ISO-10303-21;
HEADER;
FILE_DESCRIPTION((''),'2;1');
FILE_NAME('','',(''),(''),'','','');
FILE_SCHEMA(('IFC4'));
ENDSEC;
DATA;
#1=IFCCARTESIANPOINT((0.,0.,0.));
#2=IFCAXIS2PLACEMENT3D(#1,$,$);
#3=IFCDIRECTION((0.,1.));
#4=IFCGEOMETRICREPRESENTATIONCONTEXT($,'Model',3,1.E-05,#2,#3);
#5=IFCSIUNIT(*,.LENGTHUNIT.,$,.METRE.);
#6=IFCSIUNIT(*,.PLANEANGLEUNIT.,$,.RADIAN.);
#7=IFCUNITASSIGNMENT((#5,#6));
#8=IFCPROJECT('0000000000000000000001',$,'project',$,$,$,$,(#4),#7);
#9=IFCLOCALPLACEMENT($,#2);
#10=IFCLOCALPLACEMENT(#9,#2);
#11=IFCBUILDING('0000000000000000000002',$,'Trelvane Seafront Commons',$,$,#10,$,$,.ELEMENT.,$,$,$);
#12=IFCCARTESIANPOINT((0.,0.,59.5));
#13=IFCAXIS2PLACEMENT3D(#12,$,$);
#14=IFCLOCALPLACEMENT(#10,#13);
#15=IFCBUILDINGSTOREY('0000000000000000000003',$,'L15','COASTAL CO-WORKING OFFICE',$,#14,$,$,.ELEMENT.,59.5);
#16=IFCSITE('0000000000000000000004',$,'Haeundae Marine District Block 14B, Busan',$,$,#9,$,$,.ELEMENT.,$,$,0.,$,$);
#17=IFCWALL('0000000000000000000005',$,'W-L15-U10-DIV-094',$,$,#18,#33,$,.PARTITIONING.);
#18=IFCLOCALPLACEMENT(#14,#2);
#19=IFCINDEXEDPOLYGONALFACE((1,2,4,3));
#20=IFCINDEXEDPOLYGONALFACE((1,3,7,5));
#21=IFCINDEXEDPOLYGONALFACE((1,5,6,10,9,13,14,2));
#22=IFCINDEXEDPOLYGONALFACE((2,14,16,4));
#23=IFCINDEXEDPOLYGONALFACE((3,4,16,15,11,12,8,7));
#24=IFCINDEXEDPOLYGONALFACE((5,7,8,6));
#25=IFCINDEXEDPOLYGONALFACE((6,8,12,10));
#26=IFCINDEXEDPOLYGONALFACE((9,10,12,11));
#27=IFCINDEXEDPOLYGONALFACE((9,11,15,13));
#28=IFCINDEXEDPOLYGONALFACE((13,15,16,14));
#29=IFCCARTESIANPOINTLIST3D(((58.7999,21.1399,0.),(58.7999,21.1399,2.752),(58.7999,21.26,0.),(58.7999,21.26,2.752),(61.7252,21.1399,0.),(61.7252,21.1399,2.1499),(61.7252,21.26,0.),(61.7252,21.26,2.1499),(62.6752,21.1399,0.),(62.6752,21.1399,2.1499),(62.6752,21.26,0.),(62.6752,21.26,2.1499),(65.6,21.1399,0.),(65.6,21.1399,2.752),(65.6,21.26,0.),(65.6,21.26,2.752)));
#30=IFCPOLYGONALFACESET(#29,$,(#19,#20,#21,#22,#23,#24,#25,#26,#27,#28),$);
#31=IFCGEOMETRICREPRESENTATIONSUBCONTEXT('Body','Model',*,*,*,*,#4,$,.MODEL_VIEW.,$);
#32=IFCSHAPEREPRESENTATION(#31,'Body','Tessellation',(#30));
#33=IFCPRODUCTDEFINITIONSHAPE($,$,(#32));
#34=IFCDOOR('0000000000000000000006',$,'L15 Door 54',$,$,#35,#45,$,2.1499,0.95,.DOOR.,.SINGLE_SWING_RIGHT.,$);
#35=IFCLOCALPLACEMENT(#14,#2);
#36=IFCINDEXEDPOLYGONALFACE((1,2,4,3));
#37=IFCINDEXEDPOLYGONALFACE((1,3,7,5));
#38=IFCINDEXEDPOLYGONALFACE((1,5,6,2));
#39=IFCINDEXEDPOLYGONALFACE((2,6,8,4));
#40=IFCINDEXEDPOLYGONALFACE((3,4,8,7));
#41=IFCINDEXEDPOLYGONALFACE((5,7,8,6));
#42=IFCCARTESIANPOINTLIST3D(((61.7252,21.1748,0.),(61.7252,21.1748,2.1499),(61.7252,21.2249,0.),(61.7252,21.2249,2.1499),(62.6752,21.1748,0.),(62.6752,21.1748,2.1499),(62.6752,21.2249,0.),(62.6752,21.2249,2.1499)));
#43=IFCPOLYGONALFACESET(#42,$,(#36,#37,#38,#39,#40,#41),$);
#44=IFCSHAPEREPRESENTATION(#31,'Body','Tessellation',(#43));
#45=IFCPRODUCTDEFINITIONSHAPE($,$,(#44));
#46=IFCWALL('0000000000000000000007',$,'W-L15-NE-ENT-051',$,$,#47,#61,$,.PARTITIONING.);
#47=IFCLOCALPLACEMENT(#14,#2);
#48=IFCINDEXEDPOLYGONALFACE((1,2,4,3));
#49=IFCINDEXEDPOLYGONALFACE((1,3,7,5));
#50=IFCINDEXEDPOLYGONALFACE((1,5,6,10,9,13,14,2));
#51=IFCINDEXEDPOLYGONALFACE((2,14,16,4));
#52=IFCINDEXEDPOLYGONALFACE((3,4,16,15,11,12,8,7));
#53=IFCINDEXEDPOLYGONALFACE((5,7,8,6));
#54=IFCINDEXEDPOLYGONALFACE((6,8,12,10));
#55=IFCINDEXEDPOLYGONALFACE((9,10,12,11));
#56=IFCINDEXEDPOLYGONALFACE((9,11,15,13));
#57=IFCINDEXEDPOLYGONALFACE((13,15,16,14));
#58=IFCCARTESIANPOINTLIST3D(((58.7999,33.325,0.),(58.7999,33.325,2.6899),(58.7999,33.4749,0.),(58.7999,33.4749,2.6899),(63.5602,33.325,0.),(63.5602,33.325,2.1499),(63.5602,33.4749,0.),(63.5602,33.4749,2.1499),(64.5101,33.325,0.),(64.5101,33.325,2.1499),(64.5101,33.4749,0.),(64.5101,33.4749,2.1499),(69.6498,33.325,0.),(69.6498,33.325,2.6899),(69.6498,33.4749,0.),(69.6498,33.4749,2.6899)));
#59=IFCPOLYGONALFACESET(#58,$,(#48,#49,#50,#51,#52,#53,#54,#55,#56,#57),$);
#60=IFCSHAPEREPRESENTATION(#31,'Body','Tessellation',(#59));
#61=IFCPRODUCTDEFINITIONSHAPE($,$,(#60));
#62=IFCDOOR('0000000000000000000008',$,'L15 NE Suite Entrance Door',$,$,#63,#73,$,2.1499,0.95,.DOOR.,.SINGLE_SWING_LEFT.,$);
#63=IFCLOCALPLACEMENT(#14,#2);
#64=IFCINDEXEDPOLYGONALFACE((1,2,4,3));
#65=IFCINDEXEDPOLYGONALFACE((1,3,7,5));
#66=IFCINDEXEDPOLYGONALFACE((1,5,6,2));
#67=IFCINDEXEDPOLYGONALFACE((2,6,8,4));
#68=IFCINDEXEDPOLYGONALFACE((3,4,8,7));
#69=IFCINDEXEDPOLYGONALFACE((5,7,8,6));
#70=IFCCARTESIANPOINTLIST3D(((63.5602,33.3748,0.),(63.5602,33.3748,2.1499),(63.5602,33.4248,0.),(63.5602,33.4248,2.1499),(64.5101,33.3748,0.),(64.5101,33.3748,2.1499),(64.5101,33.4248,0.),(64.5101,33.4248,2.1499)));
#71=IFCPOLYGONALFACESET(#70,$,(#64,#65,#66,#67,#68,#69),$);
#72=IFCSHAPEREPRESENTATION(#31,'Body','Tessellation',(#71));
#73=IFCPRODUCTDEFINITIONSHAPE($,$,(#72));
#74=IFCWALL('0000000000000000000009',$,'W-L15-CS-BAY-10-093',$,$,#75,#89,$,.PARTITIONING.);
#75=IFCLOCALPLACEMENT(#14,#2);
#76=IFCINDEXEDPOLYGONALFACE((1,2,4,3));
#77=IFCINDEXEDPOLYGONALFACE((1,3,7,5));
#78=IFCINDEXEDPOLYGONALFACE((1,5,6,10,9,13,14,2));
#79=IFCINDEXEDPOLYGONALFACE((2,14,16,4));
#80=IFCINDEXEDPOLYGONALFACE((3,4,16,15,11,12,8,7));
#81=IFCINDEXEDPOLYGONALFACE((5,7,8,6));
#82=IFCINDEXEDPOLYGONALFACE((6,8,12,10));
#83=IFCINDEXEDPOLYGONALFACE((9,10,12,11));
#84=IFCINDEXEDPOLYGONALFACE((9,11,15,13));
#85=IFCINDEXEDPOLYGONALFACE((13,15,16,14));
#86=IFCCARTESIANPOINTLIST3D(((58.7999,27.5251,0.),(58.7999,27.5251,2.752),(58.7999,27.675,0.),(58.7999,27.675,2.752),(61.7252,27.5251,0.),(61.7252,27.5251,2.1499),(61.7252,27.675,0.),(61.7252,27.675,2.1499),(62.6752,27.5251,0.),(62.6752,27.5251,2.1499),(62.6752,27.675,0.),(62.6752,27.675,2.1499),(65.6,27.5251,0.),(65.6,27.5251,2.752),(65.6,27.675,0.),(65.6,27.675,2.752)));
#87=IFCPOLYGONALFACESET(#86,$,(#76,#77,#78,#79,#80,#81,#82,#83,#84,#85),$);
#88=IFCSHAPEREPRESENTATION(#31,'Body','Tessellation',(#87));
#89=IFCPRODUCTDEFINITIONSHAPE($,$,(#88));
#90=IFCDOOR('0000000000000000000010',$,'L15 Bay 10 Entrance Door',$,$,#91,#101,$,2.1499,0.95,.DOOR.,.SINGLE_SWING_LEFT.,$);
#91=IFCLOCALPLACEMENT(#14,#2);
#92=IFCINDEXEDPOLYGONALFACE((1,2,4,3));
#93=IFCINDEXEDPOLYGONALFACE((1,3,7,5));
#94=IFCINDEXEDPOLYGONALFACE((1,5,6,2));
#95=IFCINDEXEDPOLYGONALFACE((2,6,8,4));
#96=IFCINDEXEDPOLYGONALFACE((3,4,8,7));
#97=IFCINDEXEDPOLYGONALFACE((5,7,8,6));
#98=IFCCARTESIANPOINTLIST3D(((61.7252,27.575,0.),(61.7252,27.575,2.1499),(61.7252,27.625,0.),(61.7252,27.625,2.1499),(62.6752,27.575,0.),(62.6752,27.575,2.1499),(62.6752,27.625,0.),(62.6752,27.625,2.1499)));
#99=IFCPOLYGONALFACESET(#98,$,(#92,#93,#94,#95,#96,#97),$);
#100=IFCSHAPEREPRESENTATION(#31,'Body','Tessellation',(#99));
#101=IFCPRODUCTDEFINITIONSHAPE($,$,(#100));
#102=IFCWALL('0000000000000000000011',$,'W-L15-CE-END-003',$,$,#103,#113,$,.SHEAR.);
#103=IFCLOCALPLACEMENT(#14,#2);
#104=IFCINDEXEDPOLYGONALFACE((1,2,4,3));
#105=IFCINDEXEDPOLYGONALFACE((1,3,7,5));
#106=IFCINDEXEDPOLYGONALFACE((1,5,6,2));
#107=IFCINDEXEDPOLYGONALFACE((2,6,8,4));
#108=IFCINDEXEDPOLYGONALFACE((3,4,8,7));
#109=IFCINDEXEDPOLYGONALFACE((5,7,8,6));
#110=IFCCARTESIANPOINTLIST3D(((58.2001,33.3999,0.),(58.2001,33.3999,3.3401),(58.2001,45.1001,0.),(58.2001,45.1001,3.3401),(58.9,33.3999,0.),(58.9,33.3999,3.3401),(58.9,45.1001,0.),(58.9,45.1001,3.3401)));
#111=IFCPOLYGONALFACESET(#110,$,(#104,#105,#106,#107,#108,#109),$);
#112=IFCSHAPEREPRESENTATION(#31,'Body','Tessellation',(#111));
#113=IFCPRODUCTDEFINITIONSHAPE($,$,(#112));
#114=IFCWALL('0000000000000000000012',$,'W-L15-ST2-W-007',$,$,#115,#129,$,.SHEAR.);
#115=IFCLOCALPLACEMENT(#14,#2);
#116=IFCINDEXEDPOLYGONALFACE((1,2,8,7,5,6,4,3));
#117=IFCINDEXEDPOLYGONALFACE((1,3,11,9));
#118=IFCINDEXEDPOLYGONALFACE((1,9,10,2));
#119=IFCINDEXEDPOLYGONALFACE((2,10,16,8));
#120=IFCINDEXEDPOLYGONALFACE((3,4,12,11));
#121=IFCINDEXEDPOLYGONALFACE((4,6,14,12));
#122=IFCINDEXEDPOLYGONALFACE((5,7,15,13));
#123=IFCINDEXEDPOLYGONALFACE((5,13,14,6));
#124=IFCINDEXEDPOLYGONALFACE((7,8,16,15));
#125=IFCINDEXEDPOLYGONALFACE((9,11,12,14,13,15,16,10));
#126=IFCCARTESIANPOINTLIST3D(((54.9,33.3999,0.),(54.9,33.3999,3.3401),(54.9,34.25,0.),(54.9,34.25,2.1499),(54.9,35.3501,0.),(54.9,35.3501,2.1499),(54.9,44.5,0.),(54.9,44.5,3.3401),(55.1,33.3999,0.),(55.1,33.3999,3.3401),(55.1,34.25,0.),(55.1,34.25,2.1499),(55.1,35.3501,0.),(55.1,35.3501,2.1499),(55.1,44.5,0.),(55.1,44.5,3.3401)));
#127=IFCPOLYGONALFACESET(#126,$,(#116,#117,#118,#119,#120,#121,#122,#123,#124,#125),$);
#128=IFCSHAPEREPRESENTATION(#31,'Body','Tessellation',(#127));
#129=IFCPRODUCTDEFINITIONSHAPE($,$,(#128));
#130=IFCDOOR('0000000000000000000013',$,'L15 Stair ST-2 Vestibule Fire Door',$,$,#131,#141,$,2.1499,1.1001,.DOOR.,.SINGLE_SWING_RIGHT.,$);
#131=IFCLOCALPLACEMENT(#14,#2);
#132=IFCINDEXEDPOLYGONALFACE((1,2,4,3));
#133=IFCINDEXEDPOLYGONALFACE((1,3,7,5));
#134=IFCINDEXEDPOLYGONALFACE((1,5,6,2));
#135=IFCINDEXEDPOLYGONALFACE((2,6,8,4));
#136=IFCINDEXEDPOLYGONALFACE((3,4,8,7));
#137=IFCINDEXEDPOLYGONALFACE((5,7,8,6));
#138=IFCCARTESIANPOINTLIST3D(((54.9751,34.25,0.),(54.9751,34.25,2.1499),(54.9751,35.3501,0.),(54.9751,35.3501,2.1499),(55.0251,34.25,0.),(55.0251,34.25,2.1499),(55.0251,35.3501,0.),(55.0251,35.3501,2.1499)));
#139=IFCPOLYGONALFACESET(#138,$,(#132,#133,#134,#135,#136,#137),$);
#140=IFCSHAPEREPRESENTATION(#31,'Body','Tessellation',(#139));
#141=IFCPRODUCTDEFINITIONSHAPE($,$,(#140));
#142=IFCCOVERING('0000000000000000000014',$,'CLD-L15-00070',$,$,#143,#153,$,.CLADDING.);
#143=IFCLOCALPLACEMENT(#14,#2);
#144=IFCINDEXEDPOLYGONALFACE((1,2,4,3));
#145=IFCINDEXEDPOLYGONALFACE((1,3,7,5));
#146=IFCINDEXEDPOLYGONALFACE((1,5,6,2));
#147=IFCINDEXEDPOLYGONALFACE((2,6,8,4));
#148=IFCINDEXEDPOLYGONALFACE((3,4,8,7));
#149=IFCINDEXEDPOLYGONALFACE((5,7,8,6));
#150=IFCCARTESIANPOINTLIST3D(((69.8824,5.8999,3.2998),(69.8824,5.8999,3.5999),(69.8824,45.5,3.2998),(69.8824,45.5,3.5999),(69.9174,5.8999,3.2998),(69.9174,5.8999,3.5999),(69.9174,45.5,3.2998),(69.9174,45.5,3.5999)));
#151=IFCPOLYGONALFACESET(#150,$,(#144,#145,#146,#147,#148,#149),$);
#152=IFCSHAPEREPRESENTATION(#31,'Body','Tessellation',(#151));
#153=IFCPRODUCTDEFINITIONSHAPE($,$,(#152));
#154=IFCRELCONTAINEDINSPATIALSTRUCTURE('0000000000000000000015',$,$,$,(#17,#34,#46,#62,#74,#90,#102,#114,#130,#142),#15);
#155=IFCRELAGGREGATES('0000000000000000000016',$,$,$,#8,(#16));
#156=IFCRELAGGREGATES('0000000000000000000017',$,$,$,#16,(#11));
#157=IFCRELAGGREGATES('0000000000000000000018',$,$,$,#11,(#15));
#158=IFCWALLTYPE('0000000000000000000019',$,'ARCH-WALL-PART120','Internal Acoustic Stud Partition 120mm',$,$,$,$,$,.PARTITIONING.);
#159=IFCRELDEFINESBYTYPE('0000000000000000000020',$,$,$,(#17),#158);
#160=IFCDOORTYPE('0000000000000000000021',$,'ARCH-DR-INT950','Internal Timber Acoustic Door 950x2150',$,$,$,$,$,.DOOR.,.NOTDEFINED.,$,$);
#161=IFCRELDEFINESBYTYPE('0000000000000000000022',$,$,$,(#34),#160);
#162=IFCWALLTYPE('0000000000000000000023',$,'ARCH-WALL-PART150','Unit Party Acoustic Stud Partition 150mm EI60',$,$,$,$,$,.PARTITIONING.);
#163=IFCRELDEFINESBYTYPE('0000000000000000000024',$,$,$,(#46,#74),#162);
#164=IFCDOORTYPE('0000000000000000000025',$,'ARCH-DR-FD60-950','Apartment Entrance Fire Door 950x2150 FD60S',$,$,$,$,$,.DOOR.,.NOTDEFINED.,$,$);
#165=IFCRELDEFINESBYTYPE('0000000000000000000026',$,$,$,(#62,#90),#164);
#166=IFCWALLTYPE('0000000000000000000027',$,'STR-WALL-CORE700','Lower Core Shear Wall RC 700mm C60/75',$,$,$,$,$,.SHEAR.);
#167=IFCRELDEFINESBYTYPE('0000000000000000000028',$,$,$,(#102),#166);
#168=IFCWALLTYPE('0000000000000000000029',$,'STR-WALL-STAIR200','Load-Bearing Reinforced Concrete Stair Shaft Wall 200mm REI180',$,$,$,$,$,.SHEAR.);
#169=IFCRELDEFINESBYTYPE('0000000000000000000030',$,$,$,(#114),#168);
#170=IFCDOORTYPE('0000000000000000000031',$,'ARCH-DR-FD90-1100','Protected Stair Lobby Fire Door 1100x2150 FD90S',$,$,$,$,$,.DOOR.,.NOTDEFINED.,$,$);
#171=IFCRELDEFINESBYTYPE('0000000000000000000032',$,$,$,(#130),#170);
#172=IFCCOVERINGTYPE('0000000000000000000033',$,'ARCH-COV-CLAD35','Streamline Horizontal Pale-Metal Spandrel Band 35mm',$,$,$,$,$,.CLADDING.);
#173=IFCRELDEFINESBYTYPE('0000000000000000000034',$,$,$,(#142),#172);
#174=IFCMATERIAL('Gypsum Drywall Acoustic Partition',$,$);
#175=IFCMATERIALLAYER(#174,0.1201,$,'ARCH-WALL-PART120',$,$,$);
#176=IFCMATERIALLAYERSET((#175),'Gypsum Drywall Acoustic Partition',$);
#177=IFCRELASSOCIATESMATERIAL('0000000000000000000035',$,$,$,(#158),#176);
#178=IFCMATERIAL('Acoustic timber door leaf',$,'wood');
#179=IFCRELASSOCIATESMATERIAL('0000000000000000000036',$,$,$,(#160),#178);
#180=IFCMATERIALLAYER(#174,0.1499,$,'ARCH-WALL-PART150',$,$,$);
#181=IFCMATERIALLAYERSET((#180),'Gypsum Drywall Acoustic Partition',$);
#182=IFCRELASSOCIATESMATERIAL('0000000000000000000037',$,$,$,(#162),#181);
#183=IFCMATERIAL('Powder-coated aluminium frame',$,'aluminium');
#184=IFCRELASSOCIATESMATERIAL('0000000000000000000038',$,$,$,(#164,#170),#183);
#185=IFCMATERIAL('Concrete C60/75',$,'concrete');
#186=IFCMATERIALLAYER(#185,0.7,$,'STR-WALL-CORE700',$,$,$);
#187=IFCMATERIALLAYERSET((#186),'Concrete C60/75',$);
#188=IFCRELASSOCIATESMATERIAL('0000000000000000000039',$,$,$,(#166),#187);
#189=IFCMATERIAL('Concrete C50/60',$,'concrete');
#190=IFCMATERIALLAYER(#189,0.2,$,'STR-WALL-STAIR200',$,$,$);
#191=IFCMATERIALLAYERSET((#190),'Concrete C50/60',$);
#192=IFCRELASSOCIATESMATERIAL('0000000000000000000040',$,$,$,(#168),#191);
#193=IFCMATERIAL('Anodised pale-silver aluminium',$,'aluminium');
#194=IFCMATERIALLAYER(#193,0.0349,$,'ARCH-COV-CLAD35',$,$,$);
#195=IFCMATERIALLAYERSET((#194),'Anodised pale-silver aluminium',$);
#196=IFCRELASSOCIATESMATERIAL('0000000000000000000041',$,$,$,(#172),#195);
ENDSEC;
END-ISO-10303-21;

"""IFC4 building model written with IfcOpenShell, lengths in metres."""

from ifc_helpers import new_model, si_unit, direction, frame, frame_2d, origin, origin_2d, place, context, subcontext, project, spatial, rectangle, extrude, source, transform, mapped, material, layer, layer_set, type_object, element, fill, save


model = new_model("IFC4")

# Units and contexts
model_context = context("Model", 3, precision=1e-05, world=origin(), true_north=direction((0.0, 1.0)))
body_context = subcontext(model_context, "Body", "Model", "MODEL_VIEW")
ifc_project = project(units=[si_unit("LENGTHUNIT", "METRE"), si_unit("PLANEANGLEUNIT", "RADIAN")], contexts=[model_context])

# Site, building, storey
site_placement = place(None, origin())
site = spatial("IfcSite", under=ifc_project, at=site_placement, Name="Haeundae Marine District Block 14B, Busan", CompositionType="ELEMENT", RefElevation=0.0)
building_placement = place(site_placement, origin())
building = spatial("IfcBuilding", under=site, at=building_placement, Name="Trelvane Seafront Commons", CompositionType="ELEMENT")
storey_placement = place(building_placement, frame((0.0, 0.0, 59.5)))
storey = spatial("IfcBuildingStorey", under=building, at=storey_placement, Name="L15", Description="COASTAL CO-WORKING OFFICE", CompositionType="ELEMENT", Elevation=59.5)

# Shared definitions
ifc_material_1 = material(Name="Concrete C60/75", Category="concrete")

# Shared definitions
ifc_material_2 = material(Name="Gypsum Drywall Acoustic Partition")
ifc_layer_1 = layer(ifc_material_2, 0.1201, Name="ARCH-WALL-PART120")
ifc_layer_set_1 = layer_set([ifc_layer_1], Name="Gypsum Drywall Acoustic Partition")
wall_type_1 = type_object("IfcWallType", Name="ARCH-WALL-PART120", Description="Internal Acoustic Stud Partition 120mm", PredefinedType="PARTITIONING", material=ifc_layer_set_1)
ifc_material_3 = material(Name="Acoustic timber door leaf", Category="wood")
door_type_1 = type_object("IfcDoorType", Name="ARCH-DR-INT950", Description="Internal Timber Acoustic Door 950x2150", OperationType="NOTDEFINED", PredefinedType="DOOR", material=ifc_material_3)
shared_shape_1 = source(origin(), body_context, "Body", "SweptSolid", [
    extrude(rectangle(XDim=0.95, YDim=2.1499, at=frame_2d((0.4751, 1.075))), frame((0.0, 0.0249, 0.0), z_axis=(0.0, -1.0, 0.0), x_axis=(1.0, 0.0, 0.0)), (0.0, 0.0, 1.0), 0.05),
])

# Walls, openings, doors
wall_1_placement = place(storey_placement, frame((58.8, 21.2, 0.0), z_axis=(0.0, 0.0, 1.0), x_axis=(1.0, 0.0, 0.0)))
wall_1 = element("IfcWall", 1, at=wall_1_placement, inside=storey, type_object=wall_type_1, Name="W-L15-U10-DIV-094", PredefinedType="PARTITIONING", context=body_context, shape_type="SweptSolid", body=[
    extrude(rectangle(XDim=6.8, YDim=0.1201, at=frame_2d((3.3999, 0.0))), origin(), (0.0, 0.0, 1.0), 2.752),
])
opening_1_placement = place(wall_1_placement, frame((2.925, 0.0, 0.0)))
opening_1 = element("IfcOpeningElement", 2, at=opening_1_placement, cuts=wall_1, PredefinedType="OPENING", context=body_context, shape_type="SweptSolid", body=[
    extrude(rectangle(XDim=0.95, YDim=2.1499, at=frame_2d((0.4751, 1.075))), frame((0.0, 0.0701, 0.0), z_axis=(0.0, -1.0, 0.0), x_axis=(1.0, 0.0, 0.0)), (0.0, 0.0, 1.0), 0.1401),
])
door_1_placement = place(opening_1_placement, origin())
door_1 = element("IfcDoor", 3, at=door_1_placement, inside=storey, type_object=door_type_1, Name="L15 Door 54", OperationType="SINGLE_SWING_RIGHT", OverallHeight=2.1499, OverallWidth=0.95, PredefinedType="DOOR", context=body_context, shape_type="MappedRepresentation", body=[
    mapped(shared_shape_1, transform((0.0, 0.0, 0.0), x_axis=(1.0, 0.0, 0.0), y_axis=(0.0, 1.0, 0.0), z_axis=(0.0, 0.0, 1.0), scale=1.0)),
])
fill(opening_1, door_1)
ifc_layer_2 = layer(ifc_material_2, 0.1499, Name="ARCH-WALL-PART150")
ifc_layer_set_2 = layer_set([ifc_layer_2], Name="Gypsum Drywall Acoustic Partition")
wall_type_2 = type_object("IfcWallType", Name="ARCH-WALL-PART150", Description="Unit Party Acoustic Stud Partition 150mm EI60", PredefinedType="PARTITIONING", material=ifc_layer_set_2)
wall_2_placement = place(storey_placement, frame((58.8, 33.3999, 0.0), z_axis=(0.0, 0.0, 1.0), x_axis=(1.0, 0.0, 0.0)))
wall_2 = element("IfcWall", 4, at=wall_2_placement, inside=storey, type_object=wall_type_2, Name="W-L15-NE-ENT-051", PredefinedType="PARTITIONING", context=body_context, shape_type="SweptSolid", body=[
    extrude(rectangle(XDim=10.8499, YDim=0.1499, at=frame_2d((5.4248, 0.0))), origin(), (0.0, 0.0, 1.0), 2.6899),
])
opening_2_placement = place(wall_2_placement, frame((4.76, 0.0, 0.0)))
opening_2 = element("IfcOpeningElement", 5, at=opening_2_placement, cuts=wall_2, PredefinedType="OPENING", context=body_context, shape_type="SweptSolid", body=[
    extrude(rectangle(XDim=0.95, YDim=2.1499, at=frame_2d((0.4751, 1.075))), frame((0.0, 0.085, 0.0), z_axis=(0.0, -1.0, 0.0), x_axis=(1.0, 0.0, 0.0)), (0.0, 0.0, 1.0), 0.1699),
])
ifc_material_4 = material(Name="Powder-coated aluminium frame", Category="aluminium")
door_type_2 = type_object("IfcDoorType", Name="ARCH-DR-FD60-950", Description="Apartment Entrance Fire Door 950x2150 FD60S", OperationType="NOTDEFINED", PredefinedType="DOOR", material=ifc_material_4)
door_2_placement = place(opening_2_placement, origin())
door_2 = element("IfcDoor", 6, at=door_2_placement, inside=storey, type_object=door_type_2, Name="L15 NE Suite Entrance Door", OperationType="SINGLE_SWING_LEFT", OverallHeight=2.1499, OverallWidth=0.95, PredefinedType="DOOR", context=body_context, shape_type="MappedRepresentation", body=[
    mapped(shared_shape_1, transform((0.0, 0.0, 0.0), x_axis=(1.0, 0.0, 0.0), y_axis=(0.0, 1.0, 0.0), z_axis=(0.0, 0.0, 1.0), scale=1.0)),
])
fill(opening_2, door_2)
wall_3_placement = place(storey_placement, frame((58.8, 27.6001, 0.0), z_axis=(0.0, 0.0, 1.0), x_axis=(1.0, 0.0, 0.0)))
wall_3 = element("IfcWall", 7, at=wall_3_placement, inside=storey, type_object=wall_type_2, Name="W-L15-CS-BAY-10-093", PredefinedType="PARTITIONING", context=body_context, shape_type="SweptSolid", body=[
    extrude(rectangle(XDim=6.8, YDim=0.1499, at=frame_2d((3.3999, 0.0))), origin(), (0.0, 0.0, 1.0), 2.752),
])
opening_3_placement = place(wall_3_placement, frame((2.925, 0.0, 0.0)))
opening_3 = element("IfcOpeningElement", 8, at=opening_3_placement, cuts=wall_3, PredefinedType="OPENING", context=body_context, shape_type="SweptSolid", body=[
    extrude(rectangle(XDim=0.95, YDim=2.1499, at=frame_2d((0.4751, 1.075))), frame((0.0, 0.085, 0.0), z_axis=(0.0, -1.0, 0.0), x_axis=(1.0, 0.0, 0.0)), (0.0, 0.0, 1.0), 0.1699),
])
door_3_placement = place(opening_3_placement, origin())
door_3 = element("IfcDoor", 9, at=door_3_placement, inside=storey, type_object=door_type_2, Name="L15 Bay 10 Entrance Door", OperationType="SINGLE_SWING_LEFT", OverallHeight=2.1499, OverallWidth=0.95, PredefinedType="DOOR", context=body_context, shape_type="MappedRepresentation", body=[
    mapped(shared_shape_1, transform((0.0, 0.0, 0.0), x_axis=(1.0, 0.0, 0.0), y_axis=(0.0, 1.0, 0.0), z_axis=(0.0, 0.0, 1.0), scale=1.0)),
])
fill(opening_3, door_3)

# Wall
ifc_layer_3 = layer(ifc_material_1, 0.7, Name="STR-WALL-CORE700")
ifc_layer_set_3 = layer_set([ifc_layer_3], Name="Concrete C60/75")
wall_type_3 = type_object("IfcWallType", Name="STR-WALL-CORE700", Description="Lower Core Shear Wall RC 700mm C60/75", PredefinedType="SHEAR", material=ifc_layer_set_3)
wall_4_placement = place(storey_placement, frame((58.55, 33.3999, 0.0), z_axis=(0.0, 0.0, 1.0), x_axis=(0.0, 1.0, 0.0)))
element("IfcWall", 10, at=wall_4_placement, inside=storey, type_object=wall_type_3, Name="W-L15-CE-END-003", PredefinedType="SHEAR", context=body_context, shape_type="SweptSolid", body=[
    extrude(rectangle(XDim=11.7002, YDim=0.7, at=frame_2d((5.8501, 0.0))), origin(), (0.0, 0.0, 1.0), 3.3401),
])

# Wall, opening, door
ifc_material_5 = material(Name="Concrete C50/60", Category="concrete")
ifc_layer_4 = layer(ifc_material_5, 0.2, Name="STR-WALL-STAIR200")
ifc_layer_set_4 = layer_set([ifc_layer_4], Name="Concrete C50/60")
wall_type_4 = type_object("IfcWallType", Name="STR-WALL-STAIR200", Description="Load-Bearing Reinforced Concrete Stair Shaft Wall 200mm REI180", PredefinedType="SHEAR", material=ifc_layer_set_4)
wall_5_placement = place(storey_placement, frame((55.0, 33.3999, 0.0), z_axis=(0.0, 0.0, 1.0), x_axis=(0.0, 1.0, 0.0)))
wall_5 = element("IfcWall", 11, at=wall_5_placement, inside=storey, type_object=wall_type_4, Name="W-L15-ST2-W-007", PredefinedType="SHEAR", context=body_context, shape_type="SweptSolid", body=[
    extrude(rectangle(XDim=11.1001, YDim=0.2, at=frame_2d((5.55, 0.0))), origin(), (0.0, 0.0, 1.0), 3.3401),
])
opening_4_placement = place(wall_5_placement, frame((0.8501, 0.0, 0.0)))
opening_4 = element("IfcOpeningElement", 12, at=opening_4_placement, cuts=wall_5, PredefinedType="OPENING", context=body_context, shape_type="SweptSolid", body=[
    extrude(rectangle(XDim=1.1001, YDim=2.1499, at=frame_2d((0.55, 1.075))), frame((0.0, 0.1099, 0.0), z_axis=(0.0, -1.0, 0.0), x_axis=(1.0, 0.0, 0.0)), (0.0, 0.0, 1.0), 0.22),
])
door_type_3 = type_object("IfcDoorType", Name="ARCH-DR-FD90-1100", Description="Protected Stair Lobby Fire Door 1100x2150 FD90S", OperationType="NOTDEFINED", PredefinedType="DOOR", material=ifc_material_4)
shared_shape_2 = source(origin(), body_context, "Body", "SweptSolid", [
    extrude(rectangle(XDim=1.1001, YDim=2.1499, at=frame_2d((0.55, 1.075))), frame((0.0, 0.0249, 0.0), z_axis=(0.0, -1.0, 0.0), x_axis=(1.0, 0.0, 0.0)), (0.0, 0.0, 1.0), 0.05),
])
door_4_placement = place(opening_4_placement, origin())
door_4 = element("IfcDoor", 13, at=door_4_placement, inside=storey, type_object=door_type_3, Name="L15 Stair ST-2 Vestibule Fire Door", OperationType="SINGLE_SWING_RIGHT", OverallHeight=2.1499, OverallWidth=1.1001, PredefinedType="DOOR", context=body_context, shape_type="MappedRepresentation", body=[
    mapped(shared_shape_2, transform((0.0, 0.0, 0.0), x_axis=(1.0, 0.0, 0.0), y_axis=(0.0, 1.0, 0.0), z_axis=(0.0, 0.0, 1.0), scale=1.0)),
])
fill(opening_4, door_4)

# Covering
ifc_material_6 = material(Name="Anodised pale-silver aluminium", Category="aluminium")
ifc_layer_5 = layer(ifc_material_6, 0.0349, Name="ARCH-COV-CLAD35")
ifc_layer_set_5 = layer_set([ifc_layer_5], Name="Anodised pale-silver aluminium")
covering_type = type_object("IfcCoveringType", Name="ARCH-COV-CLAD35", Description="Streamline Horizontal Pale-Metal Spandrel Band 35mm", PredefinedType="CLADDING", material=ifc_layer_set_5)
shared_shape_3 = source(origin(), body_context, "Body", "SweptSolid", [
    extrude(rectangle(XDim=39.6001, YDim=0.0349, at=origin_2d()), origin(), (0.0, 0.0, 1.0), 0.3),
])
covering_placement = place(storey_placement, frame((69.8999, 25.7, 3.2998), z_axis=(0.0, 0.0, 1.0), x_axis=(0.0, -1.0, 0.0)))
element("IfcCovering", 14, at=covering_placement, inside=storey, type_object=covering_type, Name="CLD-L15-00070", PredefinedType="CLADDING", context=body_context, shape_type="MappedRepresentation", body=[
    mapped(shared_shape_3, transform((0.0, 0.0, 0.0), x_axis=(1.0, 0.0, 0.0), y_axis=(0.0, 1.0, 0.0), z_axis=(0.0, 0.0, 1.0), scale=1.0)),
])

save(model, "model.ifc")
